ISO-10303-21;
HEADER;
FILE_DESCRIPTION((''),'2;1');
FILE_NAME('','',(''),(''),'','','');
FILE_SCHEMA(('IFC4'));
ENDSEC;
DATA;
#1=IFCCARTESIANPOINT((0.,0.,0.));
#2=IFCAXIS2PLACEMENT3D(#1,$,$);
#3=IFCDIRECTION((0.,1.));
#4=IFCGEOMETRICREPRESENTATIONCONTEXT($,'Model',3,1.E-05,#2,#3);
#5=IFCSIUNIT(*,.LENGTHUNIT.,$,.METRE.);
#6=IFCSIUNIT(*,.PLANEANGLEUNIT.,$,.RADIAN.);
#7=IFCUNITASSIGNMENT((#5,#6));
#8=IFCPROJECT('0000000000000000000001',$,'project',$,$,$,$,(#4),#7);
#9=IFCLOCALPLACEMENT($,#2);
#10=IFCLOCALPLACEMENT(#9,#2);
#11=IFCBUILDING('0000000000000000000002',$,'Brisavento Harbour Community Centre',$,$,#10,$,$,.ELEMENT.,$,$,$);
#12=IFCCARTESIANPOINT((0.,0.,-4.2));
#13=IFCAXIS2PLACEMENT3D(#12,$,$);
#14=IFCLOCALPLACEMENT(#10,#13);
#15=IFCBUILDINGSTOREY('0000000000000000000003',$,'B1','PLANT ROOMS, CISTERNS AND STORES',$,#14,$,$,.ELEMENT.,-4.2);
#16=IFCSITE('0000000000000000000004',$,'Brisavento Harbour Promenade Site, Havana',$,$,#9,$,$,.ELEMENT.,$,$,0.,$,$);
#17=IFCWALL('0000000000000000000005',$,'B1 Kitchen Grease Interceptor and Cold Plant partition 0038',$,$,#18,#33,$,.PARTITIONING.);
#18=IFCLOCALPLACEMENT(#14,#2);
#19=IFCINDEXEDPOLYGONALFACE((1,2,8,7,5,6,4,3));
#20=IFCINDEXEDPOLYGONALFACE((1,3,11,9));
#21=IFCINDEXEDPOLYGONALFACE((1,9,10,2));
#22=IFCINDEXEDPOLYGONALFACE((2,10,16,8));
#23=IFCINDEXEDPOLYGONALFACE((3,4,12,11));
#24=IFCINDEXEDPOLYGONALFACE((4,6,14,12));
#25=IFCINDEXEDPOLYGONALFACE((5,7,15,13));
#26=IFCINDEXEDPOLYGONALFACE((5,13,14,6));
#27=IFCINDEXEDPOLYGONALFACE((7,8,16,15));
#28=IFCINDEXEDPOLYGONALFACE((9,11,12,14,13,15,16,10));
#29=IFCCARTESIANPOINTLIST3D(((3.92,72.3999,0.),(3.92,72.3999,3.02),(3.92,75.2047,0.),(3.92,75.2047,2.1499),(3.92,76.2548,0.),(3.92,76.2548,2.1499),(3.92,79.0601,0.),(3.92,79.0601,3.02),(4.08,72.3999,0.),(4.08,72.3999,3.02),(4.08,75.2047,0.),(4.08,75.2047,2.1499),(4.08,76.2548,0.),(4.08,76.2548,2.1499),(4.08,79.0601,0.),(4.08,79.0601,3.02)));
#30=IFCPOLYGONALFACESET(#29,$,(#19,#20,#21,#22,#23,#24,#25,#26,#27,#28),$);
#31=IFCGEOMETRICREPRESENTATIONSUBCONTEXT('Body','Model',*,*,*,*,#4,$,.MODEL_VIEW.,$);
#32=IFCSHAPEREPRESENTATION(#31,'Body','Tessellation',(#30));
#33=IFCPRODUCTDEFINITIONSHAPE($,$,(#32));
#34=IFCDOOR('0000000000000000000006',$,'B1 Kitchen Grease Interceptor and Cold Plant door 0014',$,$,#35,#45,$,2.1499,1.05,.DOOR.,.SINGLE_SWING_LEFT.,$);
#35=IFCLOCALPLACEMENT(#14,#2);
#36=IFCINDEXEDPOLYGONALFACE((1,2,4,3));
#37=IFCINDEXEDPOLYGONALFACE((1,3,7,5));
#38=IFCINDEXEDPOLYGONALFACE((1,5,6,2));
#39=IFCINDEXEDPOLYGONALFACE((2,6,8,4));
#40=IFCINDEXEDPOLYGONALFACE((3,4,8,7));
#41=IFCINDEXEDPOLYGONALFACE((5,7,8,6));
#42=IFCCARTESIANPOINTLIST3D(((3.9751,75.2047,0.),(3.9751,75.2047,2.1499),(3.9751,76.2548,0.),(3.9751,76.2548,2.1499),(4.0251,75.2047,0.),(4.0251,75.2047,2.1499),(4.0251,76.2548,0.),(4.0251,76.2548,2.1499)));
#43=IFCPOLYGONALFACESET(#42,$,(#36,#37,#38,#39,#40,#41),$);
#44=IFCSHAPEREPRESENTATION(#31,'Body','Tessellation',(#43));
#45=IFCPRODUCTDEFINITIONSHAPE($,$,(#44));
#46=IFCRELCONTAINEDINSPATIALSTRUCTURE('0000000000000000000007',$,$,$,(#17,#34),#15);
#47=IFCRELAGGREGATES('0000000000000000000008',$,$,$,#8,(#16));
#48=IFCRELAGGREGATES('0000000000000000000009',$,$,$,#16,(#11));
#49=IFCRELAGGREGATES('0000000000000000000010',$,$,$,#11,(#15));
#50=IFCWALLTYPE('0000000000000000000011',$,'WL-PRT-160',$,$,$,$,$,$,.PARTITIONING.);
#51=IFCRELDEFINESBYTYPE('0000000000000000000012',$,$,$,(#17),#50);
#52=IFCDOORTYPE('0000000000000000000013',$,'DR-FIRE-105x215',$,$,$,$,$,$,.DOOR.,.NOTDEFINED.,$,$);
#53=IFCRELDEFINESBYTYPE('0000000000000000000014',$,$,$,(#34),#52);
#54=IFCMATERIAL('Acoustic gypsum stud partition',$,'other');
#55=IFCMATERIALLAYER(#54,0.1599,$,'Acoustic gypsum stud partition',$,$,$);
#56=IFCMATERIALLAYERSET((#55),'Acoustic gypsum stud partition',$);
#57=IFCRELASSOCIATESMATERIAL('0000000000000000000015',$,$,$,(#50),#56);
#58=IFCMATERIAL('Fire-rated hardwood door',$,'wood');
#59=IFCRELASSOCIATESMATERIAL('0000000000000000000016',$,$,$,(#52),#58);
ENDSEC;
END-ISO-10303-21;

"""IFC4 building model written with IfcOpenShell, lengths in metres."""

from ifc_helpers import new_model, si_unit, direction, frame, frame_2d, origin, place, context, subcontext, project, spatial, rectangle, extrude, material, layer, layer_set, type_object, element, fill, save


model = new_model("IFC4")

# Units and contexts
model_context = context("Model", 3, precision=1e-05, world=origin(), true_north=direction((0.0, 1.0)))
body_context = subcontext(model_context, "Body", "Model", "MODEL_VIEW")
ifc_project = project(units=[si_unit("LENGTHUNIT", "METRE"), si_unit("PLANEANGLEUNIT", "RADIAN")], contexts=[model_context])

# Site, building, storey
site_placement = place(None, origin())
site = spatial("IfcSite", under=ifc_project, at=site_placement, Name="Brisavento Harbour Promenade Site, Havana", CompositionType="ELEMENT", RefElevation=0.0)
building_placement = place(site_placement, origin())
building = spatial("IfcBuilding", under=site, at=building_placement, Name="Brisavento Harbour Community Centre", CompositionType="ELEMENT")
storey_placement = place(building_placement, frame((0.0, 0.0, -4.2)))
storey = spatial("IfcBuildingStorey", under=building, at=storey_placement, Name="B1", Description="PLANT ROOMS, CISTERNS AND STORES", CompositionType="ELEMENT", Elevation=-4.2)

# Wall, opening, door
ifc_material_1 = material(Name="Acoustic gypsum stud partition", Category="other")
ifc_layer_1 = layer(ifc_material_1, 0.1599, Name="Acoustic gypsum stud partition")
ifc_layer_set_1 = layer_set([ifc_layer_1], Name="Acoustic gypsum stud partition")
wall_type_1 = type_object("IfcWallType", Name="WL-PRT-160", PredefinedType="PARTITIONING", material=ifc_layer_set_1)
wall_1_placement = place(storey_placement, frame((4.0, 72.3999, 0.0), z_axis=(0.0, 0.0, 1.0), x_axis=(0.0, 1.0, 0.0)))
wall_1 = element("IfcWall", 1, at=wall_1_placement, inside=storey, type_object=wall_type_1, Name="B1 Kitchen Grease Interceptor and Cold Plant partition 0038", PredefinedType="PARTITIONING", context=body_context, shape_type="SweptSolid", body=[
    extrude(rectangle(XDim=6.6602, YDim=0.1599, at=frame_2d((3.3301, 0.0))), origin(), (0.0, 0.0, 1.0), 3.02),
])
opening_placement = place(wall_1_placement, frame((2.8049, 0.0, 0.0)))
opening = element("IfcOpeningElement", 2, at=opening_placement, cuts=wall_1, PredefinedType="OPENING", context=body_context, shape_type="SweptSolid", body=[
    extrude(rectangle(XDim=1.05, YDim=2.1499, at=frame_2d((0.5249, 1.075))), frame((0.0, 0.0898, 0.0), z_axis=(0.0, -1.0, 0.0), x_axis=(1.0, 0.0, 0.0)), (0.0, 0.0, 1.0), 0.1799),
])
ifc_material_2 = material(Name="Fire-rated hardwood door", Category="wood")
door_type = type_object("IfcDoorType", Name="DR-FIRE-105x215", OperationType="NOTDEFINED", PredefinedType="DOOR", material=ifc_material_2)
door_placement = place(opening_placement, origin())
door = element("IfcDoor", 3, at=door_placement, inside=storey, type_object=door_type, Name="B1 Kitchen Grease Interceptor and Cold Plant door 0014", OperationType="SINGLE_SWING_LEFT", OverallHeight=2.1499, OverallWidth=1.05, PredefinedType="DOOR", context=body_context, shape_type="SweptSolid", body=[
    extrude(rectangle(XDim=1.05, YDim=2.1499, at=frame_2d((0.5249, 1.075))), frame((0.0, 0.0249, 0.0), z_axis=(0.0, -1.0, 0.0), x_axis=(1.0, 0.0, 0.0)), (0.0, 0.0, 1.0), 0.05),
])
fill(opening, door)

save(model, "model.ifc")
